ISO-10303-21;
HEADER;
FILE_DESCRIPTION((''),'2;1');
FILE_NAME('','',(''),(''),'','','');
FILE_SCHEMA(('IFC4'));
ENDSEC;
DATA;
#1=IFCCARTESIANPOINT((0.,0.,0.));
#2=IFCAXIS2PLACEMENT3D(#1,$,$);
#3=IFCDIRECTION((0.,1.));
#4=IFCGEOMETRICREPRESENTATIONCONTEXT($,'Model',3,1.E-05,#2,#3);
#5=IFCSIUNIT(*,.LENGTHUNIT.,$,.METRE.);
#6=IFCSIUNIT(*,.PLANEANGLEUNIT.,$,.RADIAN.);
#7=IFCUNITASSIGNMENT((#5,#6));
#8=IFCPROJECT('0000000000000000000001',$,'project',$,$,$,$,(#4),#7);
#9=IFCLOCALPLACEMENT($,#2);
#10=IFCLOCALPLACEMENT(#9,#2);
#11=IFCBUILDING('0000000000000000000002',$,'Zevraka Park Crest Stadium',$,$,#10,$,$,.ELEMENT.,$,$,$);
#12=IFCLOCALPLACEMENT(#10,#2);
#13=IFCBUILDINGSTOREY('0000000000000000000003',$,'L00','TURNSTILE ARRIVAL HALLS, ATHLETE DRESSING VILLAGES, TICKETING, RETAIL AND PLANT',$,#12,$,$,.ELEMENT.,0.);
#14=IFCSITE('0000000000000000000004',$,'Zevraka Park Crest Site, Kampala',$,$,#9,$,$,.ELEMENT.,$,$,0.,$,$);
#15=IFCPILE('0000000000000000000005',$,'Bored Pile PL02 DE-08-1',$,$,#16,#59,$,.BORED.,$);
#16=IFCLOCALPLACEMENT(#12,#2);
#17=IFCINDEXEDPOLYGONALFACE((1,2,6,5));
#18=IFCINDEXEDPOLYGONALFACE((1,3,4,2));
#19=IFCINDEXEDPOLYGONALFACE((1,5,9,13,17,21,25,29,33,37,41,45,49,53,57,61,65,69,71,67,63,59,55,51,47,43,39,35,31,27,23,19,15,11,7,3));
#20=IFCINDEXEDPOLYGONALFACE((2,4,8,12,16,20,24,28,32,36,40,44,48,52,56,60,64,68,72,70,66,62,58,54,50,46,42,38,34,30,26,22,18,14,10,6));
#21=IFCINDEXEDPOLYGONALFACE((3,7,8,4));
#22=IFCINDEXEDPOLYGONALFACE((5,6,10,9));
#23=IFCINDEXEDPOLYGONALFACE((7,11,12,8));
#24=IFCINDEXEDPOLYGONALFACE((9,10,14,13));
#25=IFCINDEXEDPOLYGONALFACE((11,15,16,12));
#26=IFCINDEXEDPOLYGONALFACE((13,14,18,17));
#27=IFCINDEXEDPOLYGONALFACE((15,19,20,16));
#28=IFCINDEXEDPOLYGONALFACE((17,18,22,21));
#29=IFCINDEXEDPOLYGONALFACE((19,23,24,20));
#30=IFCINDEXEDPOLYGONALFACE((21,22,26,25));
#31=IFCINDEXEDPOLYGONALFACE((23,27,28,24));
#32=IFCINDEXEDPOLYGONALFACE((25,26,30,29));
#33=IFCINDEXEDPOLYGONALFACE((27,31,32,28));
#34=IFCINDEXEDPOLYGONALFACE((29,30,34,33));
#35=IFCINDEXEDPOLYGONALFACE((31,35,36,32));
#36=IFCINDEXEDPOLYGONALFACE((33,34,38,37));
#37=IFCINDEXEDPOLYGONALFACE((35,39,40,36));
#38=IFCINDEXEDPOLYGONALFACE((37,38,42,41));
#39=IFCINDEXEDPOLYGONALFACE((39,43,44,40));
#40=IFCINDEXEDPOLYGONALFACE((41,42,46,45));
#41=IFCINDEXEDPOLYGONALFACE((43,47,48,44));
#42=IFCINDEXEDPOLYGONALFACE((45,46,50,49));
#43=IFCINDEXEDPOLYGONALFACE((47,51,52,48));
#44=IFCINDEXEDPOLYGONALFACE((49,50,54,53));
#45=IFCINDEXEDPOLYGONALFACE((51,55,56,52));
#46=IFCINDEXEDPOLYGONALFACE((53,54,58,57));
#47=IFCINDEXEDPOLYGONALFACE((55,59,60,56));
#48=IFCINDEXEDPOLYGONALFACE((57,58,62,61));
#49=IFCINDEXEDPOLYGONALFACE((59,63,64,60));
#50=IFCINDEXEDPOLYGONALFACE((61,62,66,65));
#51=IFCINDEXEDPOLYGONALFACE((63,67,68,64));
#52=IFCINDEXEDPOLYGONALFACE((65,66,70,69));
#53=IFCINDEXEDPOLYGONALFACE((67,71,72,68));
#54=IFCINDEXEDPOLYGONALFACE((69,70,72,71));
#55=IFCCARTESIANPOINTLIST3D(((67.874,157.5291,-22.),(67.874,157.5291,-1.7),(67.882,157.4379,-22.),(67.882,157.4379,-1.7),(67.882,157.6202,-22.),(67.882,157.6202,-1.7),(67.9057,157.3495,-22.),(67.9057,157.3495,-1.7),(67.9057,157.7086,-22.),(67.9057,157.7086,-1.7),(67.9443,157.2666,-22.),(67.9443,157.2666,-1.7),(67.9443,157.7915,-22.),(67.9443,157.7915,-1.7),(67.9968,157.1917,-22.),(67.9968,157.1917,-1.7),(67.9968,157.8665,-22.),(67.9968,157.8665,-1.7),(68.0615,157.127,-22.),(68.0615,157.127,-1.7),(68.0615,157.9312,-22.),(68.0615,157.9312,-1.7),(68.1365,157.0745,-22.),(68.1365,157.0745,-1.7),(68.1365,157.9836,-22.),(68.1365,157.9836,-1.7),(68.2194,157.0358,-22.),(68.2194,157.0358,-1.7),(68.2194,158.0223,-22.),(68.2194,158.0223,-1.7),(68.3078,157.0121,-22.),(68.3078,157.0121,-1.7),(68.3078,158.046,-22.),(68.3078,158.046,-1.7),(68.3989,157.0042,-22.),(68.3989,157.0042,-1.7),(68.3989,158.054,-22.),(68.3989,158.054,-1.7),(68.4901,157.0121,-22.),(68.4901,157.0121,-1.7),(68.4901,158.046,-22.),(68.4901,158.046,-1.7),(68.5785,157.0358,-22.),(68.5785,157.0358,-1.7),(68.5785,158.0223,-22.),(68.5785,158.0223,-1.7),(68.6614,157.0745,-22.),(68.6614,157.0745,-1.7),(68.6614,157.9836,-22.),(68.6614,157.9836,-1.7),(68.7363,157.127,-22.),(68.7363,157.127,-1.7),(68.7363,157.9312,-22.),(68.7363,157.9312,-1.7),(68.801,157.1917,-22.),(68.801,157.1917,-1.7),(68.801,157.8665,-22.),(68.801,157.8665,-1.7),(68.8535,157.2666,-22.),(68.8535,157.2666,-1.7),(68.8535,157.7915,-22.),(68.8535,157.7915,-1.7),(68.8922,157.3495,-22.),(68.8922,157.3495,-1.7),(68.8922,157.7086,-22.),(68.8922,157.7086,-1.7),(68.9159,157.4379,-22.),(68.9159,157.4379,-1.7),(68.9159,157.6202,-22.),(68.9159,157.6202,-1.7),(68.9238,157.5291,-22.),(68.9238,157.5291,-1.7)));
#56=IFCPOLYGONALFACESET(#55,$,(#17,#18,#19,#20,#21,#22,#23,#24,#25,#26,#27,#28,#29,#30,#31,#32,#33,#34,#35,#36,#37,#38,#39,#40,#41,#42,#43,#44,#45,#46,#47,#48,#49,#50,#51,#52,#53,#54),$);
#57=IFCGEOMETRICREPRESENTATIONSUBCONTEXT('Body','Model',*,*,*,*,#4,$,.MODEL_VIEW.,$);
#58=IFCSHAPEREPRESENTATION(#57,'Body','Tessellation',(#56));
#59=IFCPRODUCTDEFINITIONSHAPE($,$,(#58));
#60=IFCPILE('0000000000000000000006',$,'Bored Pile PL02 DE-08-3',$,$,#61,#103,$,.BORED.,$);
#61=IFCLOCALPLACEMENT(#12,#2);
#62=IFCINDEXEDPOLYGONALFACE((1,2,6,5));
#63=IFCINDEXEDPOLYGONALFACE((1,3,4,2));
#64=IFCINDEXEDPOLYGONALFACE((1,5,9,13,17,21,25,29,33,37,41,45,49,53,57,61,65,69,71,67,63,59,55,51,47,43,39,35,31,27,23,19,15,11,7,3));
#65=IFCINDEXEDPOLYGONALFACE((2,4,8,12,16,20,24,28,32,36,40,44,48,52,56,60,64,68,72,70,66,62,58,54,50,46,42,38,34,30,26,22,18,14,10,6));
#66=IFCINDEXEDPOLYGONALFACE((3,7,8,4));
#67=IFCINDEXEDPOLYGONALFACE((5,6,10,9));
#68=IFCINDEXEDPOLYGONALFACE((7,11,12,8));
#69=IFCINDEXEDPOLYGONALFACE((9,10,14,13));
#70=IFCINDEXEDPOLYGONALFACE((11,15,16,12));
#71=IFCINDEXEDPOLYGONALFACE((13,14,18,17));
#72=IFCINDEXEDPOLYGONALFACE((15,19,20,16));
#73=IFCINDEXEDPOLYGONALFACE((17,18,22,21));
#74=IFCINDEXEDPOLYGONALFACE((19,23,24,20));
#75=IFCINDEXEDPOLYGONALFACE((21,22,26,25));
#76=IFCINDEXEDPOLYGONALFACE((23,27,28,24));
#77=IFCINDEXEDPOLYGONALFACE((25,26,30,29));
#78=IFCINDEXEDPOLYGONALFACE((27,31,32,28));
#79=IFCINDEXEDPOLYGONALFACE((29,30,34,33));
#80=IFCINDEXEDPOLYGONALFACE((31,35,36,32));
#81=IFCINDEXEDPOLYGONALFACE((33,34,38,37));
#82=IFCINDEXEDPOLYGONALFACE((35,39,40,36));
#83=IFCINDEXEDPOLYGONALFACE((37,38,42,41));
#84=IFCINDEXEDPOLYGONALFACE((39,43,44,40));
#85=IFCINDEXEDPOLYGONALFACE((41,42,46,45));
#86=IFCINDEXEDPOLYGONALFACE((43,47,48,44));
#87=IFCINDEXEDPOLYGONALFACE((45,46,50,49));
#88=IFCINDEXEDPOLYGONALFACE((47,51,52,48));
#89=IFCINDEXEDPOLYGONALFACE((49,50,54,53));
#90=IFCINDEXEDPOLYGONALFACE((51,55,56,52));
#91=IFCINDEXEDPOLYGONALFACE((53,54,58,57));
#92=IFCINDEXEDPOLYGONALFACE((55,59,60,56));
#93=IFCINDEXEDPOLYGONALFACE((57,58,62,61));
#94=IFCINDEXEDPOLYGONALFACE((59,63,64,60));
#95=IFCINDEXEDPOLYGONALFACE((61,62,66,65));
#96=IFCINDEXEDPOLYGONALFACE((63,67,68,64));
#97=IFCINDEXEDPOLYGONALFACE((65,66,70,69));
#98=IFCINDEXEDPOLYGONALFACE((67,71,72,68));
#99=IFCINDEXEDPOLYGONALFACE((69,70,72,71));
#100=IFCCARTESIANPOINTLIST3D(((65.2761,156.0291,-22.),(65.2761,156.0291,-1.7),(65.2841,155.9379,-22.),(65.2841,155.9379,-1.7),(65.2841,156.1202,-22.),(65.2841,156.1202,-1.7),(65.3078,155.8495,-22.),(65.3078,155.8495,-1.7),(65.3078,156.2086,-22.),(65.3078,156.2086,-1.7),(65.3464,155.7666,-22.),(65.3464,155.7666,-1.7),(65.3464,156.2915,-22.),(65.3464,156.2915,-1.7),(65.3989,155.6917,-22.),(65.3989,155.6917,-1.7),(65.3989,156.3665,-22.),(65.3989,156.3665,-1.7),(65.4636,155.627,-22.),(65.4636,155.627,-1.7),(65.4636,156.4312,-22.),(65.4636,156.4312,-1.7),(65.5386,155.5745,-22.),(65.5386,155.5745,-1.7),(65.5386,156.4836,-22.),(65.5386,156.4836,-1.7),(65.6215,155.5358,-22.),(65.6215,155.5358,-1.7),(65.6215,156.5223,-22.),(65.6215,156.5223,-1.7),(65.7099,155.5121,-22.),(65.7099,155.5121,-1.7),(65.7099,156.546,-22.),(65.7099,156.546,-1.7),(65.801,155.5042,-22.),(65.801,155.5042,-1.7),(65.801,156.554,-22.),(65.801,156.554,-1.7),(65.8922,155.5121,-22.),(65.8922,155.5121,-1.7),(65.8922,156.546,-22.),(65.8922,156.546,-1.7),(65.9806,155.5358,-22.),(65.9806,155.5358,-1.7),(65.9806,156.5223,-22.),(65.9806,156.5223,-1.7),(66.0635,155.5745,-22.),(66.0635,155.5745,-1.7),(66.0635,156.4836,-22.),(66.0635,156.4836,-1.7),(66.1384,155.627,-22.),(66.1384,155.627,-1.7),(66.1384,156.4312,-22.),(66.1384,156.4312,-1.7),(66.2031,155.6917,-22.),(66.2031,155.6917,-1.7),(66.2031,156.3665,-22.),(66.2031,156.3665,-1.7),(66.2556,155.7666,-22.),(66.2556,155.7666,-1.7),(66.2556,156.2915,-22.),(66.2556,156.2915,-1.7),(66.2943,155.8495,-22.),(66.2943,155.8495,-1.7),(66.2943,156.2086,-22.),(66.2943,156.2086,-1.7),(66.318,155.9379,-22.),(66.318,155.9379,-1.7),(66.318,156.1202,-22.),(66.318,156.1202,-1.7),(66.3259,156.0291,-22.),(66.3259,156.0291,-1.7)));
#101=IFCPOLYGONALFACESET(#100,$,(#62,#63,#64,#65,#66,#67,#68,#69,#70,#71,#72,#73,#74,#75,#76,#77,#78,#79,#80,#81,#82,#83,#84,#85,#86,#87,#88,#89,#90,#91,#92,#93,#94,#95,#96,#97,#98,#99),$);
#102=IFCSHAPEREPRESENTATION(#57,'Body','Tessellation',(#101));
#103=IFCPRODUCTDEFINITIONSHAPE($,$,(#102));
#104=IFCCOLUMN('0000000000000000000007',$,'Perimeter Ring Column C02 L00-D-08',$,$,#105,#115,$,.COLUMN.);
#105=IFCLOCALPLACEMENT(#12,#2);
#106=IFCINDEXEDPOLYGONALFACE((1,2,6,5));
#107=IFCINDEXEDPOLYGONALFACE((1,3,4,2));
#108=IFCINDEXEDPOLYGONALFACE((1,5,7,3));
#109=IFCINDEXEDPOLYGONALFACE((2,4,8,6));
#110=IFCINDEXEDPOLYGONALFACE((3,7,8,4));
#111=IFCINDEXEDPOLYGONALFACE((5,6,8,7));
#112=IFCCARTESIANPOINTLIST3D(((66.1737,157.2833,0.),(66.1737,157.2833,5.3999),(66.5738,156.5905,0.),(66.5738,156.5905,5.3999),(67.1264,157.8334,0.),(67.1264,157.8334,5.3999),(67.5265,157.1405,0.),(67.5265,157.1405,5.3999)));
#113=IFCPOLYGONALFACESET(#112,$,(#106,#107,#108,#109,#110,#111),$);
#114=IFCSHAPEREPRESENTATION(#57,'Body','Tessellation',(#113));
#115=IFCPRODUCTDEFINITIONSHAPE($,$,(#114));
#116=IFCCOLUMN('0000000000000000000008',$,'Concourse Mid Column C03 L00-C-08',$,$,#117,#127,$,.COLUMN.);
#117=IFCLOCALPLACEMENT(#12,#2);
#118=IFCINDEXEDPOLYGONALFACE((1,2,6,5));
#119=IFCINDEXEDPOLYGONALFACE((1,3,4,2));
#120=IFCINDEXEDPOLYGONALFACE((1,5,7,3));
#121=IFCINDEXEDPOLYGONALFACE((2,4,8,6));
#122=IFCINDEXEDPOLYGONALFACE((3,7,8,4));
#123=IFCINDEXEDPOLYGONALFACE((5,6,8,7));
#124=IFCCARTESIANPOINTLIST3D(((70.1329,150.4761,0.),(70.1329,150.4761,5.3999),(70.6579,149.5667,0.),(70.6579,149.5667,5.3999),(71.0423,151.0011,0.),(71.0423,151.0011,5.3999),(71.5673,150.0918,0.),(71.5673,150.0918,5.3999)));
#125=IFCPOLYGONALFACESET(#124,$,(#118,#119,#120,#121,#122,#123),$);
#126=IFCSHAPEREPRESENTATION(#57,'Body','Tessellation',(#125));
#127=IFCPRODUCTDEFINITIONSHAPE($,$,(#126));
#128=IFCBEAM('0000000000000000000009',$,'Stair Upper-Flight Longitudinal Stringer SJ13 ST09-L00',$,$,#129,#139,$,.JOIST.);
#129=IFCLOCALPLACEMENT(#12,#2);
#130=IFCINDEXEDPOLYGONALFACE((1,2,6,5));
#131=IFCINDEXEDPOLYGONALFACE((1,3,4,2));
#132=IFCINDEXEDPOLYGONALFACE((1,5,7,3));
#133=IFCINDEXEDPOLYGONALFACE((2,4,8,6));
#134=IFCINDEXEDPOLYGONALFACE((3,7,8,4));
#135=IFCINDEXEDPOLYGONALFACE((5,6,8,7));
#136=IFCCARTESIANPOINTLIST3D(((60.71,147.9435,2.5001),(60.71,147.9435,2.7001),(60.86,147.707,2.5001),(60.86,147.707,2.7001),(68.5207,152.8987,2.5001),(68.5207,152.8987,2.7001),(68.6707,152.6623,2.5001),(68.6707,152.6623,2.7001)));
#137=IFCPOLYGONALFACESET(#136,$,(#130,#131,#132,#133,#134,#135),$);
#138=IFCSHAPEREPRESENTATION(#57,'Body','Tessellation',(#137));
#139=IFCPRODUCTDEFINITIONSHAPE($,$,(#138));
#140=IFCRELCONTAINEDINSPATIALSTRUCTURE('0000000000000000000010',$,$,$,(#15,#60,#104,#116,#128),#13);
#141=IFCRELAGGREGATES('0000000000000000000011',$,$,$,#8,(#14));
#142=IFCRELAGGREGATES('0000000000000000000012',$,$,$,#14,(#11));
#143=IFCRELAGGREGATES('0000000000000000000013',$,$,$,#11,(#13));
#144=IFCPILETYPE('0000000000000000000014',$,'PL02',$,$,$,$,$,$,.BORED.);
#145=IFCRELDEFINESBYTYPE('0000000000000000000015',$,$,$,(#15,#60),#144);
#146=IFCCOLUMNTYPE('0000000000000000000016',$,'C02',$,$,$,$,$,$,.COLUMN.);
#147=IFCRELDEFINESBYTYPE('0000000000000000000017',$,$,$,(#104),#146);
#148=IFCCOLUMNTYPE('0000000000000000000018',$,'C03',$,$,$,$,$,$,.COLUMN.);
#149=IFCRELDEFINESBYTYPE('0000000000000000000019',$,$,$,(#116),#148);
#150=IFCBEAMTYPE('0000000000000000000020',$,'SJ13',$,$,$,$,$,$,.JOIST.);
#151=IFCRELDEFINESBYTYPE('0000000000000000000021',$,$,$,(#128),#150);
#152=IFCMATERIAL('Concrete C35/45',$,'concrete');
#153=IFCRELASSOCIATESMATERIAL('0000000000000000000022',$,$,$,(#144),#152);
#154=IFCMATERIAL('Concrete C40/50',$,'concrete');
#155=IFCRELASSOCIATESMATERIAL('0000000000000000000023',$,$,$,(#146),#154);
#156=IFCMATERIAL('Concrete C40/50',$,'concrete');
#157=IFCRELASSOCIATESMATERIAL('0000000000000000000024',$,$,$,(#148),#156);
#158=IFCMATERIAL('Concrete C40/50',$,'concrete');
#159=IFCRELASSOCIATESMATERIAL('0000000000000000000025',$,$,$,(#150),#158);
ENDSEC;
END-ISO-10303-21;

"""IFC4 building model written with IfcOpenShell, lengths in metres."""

from ifc_helpers import new_model, si_unit, direction, frame, origin, origin_2d, place, context, subcontext, project, spatial, rectangle, circle, extrude, material, material_profile, profile_set, type_object, element, save


model = new_model("IFC4")

# Units and contexts
model_context = context("Model", 3, precision=1e-05, world=origin(), true_north=direction((0.0, 1.0)))
body_context = subcontext(model_context, "Body", "Model", "MODEL_VIEW")
ifc_project = project(units=[si_unit("LENGTHUNIT", "METRE"), si_unit("PLANEANGLEUNIT", "RADIAN")], contexts=[model_context])

# Site, building, storey
site_placement = place(None, origin())
site = spatial("IfcSite", under=ifc_project, at=site_placement, Name="Zevraka Park Crest Site, Kampala", CompositionType="ELEMENT", RefElevation=0.0)
building_placement = place(site_placement, origin())
building = spatial("IfcBuilding", under=site, at=building_placement, Name="Zevraka Park Crest Stadium", CompositionType="ELEMENT")
storey_placement = place(building_placement, origin())
storey = spatial("IfcBuildingStorey", under=building, at=storey_placement, Name="L00", Description="TURNSTILE ARRIVAL HALLS, ATHLETE DRESSING VILLAGES, TICKETING, RETAIL AND PLANT", CompositionType="ELEMENT", Elevation=0.0)

# Piles
ifc_material_1 = material(Name="Concrete C35/45", Category="concrete")
ifc_material_profile_1 = material_profile(ifc_material_1, circle(Radius=0.5249, at=origin_2d()), Name="PILE D1050")
ifc_profile_set_1 = profile_set([ifc_material_profile_1], Name="Concrete C35/45")
pile_type_1 = type_object("IfcPileType", Name="PL02", PredefinedType="BORED", material=ifc_profile_set_1)
for number, where, z_axis, x_axis, name in (
    (1, (68.3989, 157.5291, -1.7), (0.0, 0.0, -1.0), (1.0, 0.0, 0.0), "Bored Pile PL02 DE-08-1"),
    (2, (65.801, 156.0291, -1.7), (0.0, 0.0, -1.0), (1.0, 0.0, 0.0), "Bored Pile PL02 DE-08-3"),
):
    element("IfcPile", number, at=place(storey_placement, frame(where, z_axis=z_axis, x_axis=x_axis)), inside=storey, type_object=pile_type_1, Name=name, PredefinedType="BORED", context=body_context, shape_type="SweptSolid", body=[
        extrude(circle(Radius=0.5249, at=origin_2d()), origin(), (0.0, 0.0, 1.0), 20.3),
    ])

# Columns
ifc_material_2 = material(Name="Concrete C40/50", Category="concrete")
ifc_material_profile_2 = material_profile(ifc_material_2, rectangle(XDim=0.8, YDim=1.1001, at=origin_2d()), Name="RC 1100x800")
ifc_profile_set_2 = profile_set([ifc_material_profile_2], Name="Concrete C40/50")
column_type_1 = type_object("IfcColumnType", Name="C02", PredefinedType="COLUMN", material=ifc_profile_set_2)
column_1_placement = place(storey_placement, frame((66.8501, 157.2119, 0.0), z_axis=(0.0, 0.0, 1.0), x_axis=(-0.5, 0.866025, 0.0)))
element("IfcColumn", 3, at=column_1_placement, inside=storey, type_object=column_type_1, Name="Perimeter Ring Column C02 L00-D-08", PredefinedType="COLUMN", context=body_context, shape_type="SweptSolid", body=[
    extrude(rectangle(XDim=0.8, YDim=1.1001, at=origin_2d()), origin(), (0.0, 0.0, 1.0), 5.3999),
])
ifc_material_3 = material(Name="Concrete C40/50", Category="concrete")
ifc_material_profile_3 = material_profile(ifc_material_3, rectangle(XDim=1.05, YDim=1.05, at=origin_2d()), Name="RC 1050x1050")
ifc_profile_set_3 = profile_set([ifc_material_profile_3], Name="Concrete C40/50")
column_type_2 = type_object("IfcColumnType", Name="C03", PredefinedType="COLUMN", material=ifc_profile_set_3)
column_2_placement = place(storey_placement, frame((70.8501, 150.2839, 0.0), z_axis=(0.0, 0.0, 1.0), x_axis=(-0.5, 0.866025, 0.0)))
element("IfcColumn", 4, at=column_2_placement, inside=storey, type_object=column_type_2, Name="Concourse Mid Column C03 L00-C-08", PredefinedType="COLUMN", context=body_context, shape_type="SweptSolid", body=[
    extrude(rectangle(XDim=1.05, YDim=1.05, at=origin_2d()), origin(), (0.0, 0.0, 1.0), 5.3999),
])

# Beam
ifc_material_4 = material(Name="Concrete C40/50", Category="concrete")
ifc_material_profile_4 = material_profile(ifc_material_4, rectangle(XDim=0.28, YDim=0.2, at=origin_2d()), Name="RC 200x280")
ifc_profile_set_4 = profile_set([ifc_material_profile_4], Name="Concrete C40/50")
beam_type = type_object("IfcBeamType", Name="SJ13", PredefinedType="JOIST", material=ifc_profile_set_4)
beam_placement = place(storey_placement, frame((68.5957, 152.7805, 2.6001), z_axis=(-0.844404, -0.535707, 0.0), x_axis=(0.535707, -0.844404, 0.0)))
element("IfcBeam", 5, at=beam_placement, inside=storey, type_object=beam_type, Name="Stair Upper-Flight Longitudinal Stringer SJ13 ST09-L00", PredefinedType="JOIST", context=body_context, shape_type="SweptSolid", body=[
    extrude(rectangle(XDim=0.28, YDim=0.2, at=origin_2d()), origin(), (0.0, 0.0, 1.0), 9.25),
])

save(model, "model.ifc")
